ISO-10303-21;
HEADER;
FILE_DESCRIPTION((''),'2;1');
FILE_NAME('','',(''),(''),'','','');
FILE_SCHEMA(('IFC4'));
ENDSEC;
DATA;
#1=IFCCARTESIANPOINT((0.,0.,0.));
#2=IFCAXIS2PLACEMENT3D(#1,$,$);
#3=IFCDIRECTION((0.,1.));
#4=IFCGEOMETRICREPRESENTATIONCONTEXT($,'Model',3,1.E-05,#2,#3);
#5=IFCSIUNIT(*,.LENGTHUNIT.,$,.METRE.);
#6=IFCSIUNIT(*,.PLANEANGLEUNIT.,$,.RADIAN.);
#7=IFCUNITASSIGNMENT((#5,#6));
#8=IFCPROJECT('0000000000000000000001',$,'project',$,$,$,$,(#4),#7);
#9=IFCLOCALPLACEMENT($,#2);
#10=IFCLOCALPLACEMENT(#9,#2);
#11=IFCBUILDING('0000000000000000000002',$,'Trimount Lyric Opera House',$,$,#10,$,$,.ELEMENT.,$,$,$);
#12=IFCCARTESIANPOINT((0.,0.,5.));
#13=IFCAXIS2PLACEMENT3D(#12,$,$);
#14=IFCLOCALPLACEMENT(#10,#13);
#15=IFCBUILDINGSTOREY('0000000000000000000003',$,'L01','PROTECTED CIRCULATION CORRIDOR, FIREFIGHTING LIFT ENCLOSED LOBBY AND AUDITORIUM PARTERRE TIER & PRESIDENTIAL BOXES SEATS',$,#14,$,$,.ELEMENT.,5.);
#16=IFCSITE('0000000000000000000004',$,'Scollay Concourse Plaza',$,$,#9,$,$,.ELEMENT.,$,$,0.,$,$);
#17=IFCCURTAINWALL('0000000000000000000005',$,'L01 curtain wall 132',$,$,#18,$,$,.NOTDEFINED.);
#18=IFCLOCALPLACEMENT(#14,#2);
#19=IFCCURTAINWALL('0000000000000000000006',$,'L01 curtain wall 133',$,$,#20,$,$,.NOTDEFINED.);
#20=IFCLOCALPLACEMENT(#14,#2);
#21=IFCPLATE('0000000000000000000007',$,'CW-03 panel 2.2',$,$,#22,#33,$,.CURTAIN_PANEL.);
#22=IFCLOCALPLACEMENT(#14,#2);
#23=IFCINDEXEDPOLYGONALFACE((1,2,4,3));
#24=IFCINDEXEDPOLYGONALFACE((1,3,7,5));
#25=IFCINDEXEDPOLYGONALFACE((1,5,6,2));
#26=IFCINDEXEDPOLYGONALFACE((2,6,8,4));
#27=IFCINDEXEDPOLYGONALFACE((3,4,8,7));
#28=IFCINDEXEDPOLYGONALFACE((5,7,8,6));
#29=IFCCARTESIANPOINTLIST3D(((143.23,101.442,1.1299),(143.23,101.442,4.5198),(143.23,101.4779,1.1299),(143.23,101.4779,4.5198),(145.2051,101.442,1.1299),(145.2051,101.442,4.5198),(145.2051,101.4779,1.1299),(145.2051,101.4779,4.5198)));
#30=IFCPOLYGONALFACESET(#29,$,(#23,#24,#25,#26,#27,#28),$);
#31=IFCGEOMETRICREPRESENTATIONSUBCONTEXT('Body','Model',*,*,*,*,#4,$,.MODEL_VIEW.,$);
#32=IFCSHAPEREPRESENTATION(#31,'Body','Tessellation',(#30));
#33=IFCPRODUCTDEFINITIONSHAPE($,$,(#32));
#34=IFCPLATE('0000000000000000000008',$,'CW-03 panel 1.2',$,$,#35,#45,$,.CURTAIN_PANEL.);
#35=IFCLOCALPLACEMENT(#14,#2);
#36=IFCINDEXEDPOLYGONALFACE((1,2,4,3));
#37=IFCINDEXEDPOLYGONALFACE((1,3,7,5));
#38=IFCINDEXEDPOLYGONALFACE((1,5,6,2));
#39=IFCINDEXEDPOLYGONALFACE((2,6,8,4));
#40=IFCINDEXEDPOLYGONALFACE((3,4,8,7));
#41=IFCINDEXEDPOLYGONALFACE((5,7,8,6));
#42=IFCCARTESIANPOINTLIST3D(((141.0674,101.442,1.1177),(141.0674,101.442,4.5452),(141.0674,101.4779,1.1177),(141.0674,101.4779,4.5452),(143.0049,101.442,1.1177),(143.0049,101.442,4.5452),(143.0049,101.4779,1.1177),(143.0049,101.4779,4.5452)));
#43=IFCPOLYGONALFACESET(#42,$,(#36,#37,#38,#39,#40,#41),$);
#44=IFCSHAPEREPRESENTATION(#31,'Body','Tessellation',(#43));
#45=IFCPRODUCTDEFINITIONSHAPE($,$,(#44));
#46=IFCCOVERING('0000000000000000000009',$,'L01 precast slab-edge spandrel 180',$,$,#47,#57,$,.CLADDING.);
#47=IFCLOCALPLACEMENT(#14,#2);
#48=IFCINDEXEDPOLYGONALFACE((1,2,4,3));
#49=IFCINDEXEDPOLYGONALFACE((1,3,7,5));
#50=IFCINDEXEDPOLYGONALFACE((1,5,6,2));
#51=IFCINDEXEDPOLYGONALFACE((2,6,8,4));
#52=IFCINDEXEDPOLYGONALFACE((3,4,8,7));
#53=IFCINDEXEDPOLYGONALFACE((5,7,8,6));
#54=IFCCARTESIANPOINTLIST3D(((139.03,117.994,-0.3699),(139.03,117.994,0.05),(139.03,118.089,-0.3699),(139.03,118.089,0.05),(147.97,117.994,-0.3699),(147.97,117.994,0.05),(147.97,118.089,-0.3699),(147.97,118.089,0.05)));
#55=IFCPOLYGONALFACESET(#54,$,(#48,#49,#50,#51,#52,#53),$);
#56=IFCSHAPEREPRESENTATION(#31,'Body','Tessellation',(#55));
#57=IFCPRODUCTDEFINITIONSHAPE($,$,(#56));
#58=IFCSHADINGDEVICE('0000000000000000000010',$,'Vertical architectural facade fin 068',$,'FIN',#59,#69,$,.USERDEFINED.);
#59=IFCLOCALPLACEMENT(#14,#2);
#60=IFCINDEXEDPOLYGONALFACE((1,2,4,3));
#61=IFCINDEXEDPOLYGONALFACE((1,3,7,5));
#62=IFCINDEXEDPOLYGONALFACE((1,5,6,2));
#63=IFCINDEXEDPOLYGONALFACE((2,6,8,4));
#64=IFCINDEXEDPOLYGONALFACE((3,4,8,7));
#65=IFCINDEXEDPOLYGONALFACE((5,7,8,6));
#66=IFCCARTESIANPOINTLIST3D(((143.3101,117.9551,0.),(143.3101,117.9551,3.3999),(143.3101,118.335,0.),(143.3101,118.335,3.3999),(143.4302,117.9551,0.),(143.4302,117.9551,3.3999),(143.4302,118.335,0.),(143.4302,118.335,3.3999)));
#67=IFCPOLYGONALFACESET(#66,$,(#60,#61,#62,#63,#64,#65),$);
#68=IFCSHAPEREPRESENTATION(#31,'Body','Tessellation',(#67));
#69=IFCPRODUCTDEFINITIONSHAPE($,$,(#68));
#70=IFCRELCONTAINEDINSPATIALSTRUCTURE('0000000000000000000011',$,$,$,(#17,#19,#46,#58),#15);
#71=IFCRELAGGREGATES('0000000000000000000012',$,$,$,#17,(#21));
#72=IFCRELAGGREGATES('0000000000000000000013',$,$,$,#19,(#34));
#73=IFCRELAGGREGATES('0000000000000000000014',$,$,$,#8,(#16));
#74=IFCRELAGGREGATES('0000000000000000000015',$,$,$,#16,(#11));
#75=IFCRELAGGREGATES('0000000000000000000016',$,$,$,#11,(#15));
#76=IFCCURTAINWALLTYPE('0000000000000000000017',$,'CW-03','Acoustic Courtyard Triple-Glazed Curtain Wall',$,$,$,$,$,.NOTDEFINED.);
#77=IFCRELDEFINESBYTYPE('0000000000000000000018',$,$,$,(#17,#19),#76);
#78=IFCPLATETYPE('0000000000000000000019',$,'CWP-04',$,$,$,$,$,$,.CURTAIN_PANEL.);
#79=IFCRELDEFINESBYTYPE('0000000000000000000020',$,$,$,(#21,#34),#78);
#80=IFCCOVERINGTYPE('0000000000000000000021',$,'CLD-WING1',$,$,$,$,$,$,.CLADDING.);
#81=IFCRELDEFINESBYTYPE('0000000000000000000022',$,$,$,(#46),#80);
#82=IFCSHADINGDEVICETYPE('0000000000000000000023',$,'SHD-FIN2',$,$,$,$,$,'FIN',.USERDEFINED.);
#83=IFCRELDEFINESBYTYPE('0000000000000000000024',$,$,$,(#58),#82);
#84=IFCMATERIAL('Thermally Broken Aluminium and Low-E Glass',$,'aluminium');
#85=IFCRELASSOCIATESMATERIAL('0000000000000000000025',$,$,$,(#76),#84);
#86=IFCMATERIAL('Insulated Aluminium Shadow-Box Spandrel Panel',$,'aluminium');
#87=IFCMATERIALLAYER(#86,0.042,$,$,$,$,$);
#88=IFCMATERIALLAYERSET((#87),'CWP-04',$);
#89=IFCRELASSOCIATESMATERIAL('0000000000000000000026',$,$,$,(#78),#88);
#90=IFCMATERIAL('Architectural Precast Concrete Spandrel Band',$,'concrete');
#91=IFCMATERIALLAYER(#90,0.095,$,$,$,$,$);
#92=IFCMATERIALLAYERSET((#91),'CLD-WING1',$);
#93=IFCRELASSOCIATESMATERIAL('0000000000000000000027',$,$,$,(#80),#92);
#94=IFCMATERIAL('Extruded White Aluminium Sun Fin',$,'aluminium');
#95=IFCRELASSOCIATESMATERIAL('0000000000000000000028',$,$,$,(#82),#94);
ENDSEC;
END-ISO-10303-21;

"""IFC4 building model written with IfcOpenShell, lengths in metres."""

from ifc_helpers import new_model, si_unit, direction, frame, origin, origin_2d, place, context, subcontext, project, spatial, rectangle, extrude, material, layer, layer_set, type_object, element, aggregate, save


model = new_model("IFC4")

# Units and contexts
model_context = context("Model", 3, precision=1e-05, world=origin(), true_north=direction((0.0, 1.0)))
body_context = subcontext(model_context, "Body", "Model", "MODEL_VIEW")
ifc_project = project(units=[si_unit("LENGTHUNIT", "METRE"), si_unit("PLANEANGLEUNIT", "RADIAN")], contexts=[model_context])

# Site, building, storey
site_placement = place(None, origin())
site = spatial("IfcSite", under=ifc_project, at=site_placement, Name="Scollay Concourse Plaza", CompositionType="ELEMENT", RefElevation=0.0)
building_placement = place(site_placement, origin())
building = spatial("IfcBuilding", under=site, at=building_placement, Name="Trimount Lyric Opera House", CompositionType="ELEMENT")
storey_placement = place(building_placement, frame((0.0, 0.0, 5.0)))
storey = spatial("IfcBuildingStorey", under=building, at=storey_placement, Name="L01", Description="PROTECTED CIRCULATION CORRIDOR, FIREFIGHTING LIFT ENCLOSED LOBBY AND AUDITORIUM PARTERRE TIER & PRESIDENTIAL BOXES SEATS", CompositionType="ELEMENT", Elevation=5.0)

# Curtain walls
ifc_material_1 = material(Name="Thermally Broken Aluminium and Low-E Glass", Category="aluminium")
curtain_wall_type = type_object("IfcCurtainWallType", Name="CW-03", Description="Acoustic Courtyard Triple-Glazed Curtain Wall", PredefinedType="NOTDEFINED", material=ifc_material_1)
curtain_wall_1_placement = place(storey_placement, origin())
curtain_wall_1 = element("IfcCurtainWall", 1, at=curtain_wall_1_placement, inside=storey, type_object=curtain_wall_type, Name="L01 curtain wall 132", PredefinedType="NOTDEFINED")
curtain_wall_2_placement = place(storey_placement, origin())
curtain_wall_2 = element("IfcCurtainWall", 2, at=curtain_wall_2_placement, inside=storey, type_object=curtain_wall_type, Name="L01 curtain wall 133", PredefinedType="NOTDEFINED")

# Plates
ifc_material_2 = material(Name="Insulated Aluminium Shadow-Box Spandrel Panel", Category="aluminium")
ifc_layer_1 = layer(ifc_material_2, 0.042)
ifc_layer_set_1 = layer_set([ifc_layer_1], Name="CWP-04")
plate_type_1 = type_object("IfcPlateType", Name="CWP-04", PredefinedType="CURTAIN_PANEL", material=ifc_layer_set_1)
plate_1_placement = place(storey_placement, frame((144.2175, 101.46, 1.1299), z_axis=(0.0, 0.0, 1.0), x_axis=(-1.0, 0.0, 0.0)))
plate_1 = element("IfcPlate", 3, at=plate_1_placement, type_object=plate_type_1, Name="CW-03 panel 2.2", PredefinedType="CURTAIN_PANEL", context=body_context, shape_type="SweptSolid", body=[
    extrude(rectangle(XDim=1.9751, YDim=0.0359, at=origin_2d()), origin(), (0.0, 0.0, 1.0), 3.3899),
])
aggregate(curtain_wall_1, [plate_1])
plate_2_placement = place(storey_placement, frame((142.0361, 101.46, 1.1177), z_axis=(0.0, 0.0, 1.0), x_axis=(-1.0, 0.0, 0.0)))
plate_2 = element("IfcPlate", 4, at=plate_2_placement, type_object=plate_type_1, Name="CW-03 panel 1.2", PredefinedType="CURTAIN_PANEL", context=body_context, shape_type="SweptSolid", body=[
    extrude(rectangle(XDim=1.9375, YDim=0.0359, at=origin_2d()), origin(), (0.0, 0.0, 1.0), 3.4275),
])
aggregate(curtain_wall_2, [plate_2])

# Covering
ifc_material_3 = material(Name="Architectural Precast Concrete Spandrel Band", Category="concrete")
ifc_layer_2 = layer(ifc_material_3, 0.095)
ifc_layer_set_2 = layer_set([ifc_layer_2], Name="CLD-WING1")
covering_type = type_object("IfcCoveringType", Name="CLD-WING1", PredefinedType="CLADDING", material=ifc_layer_set_2)
covering_placement = place(storey_placement, frame((143.5, 118.0415, -0.3699), z_axis=(0.0, 0.0, 1.0), x_axis=(1.0, 0.0, 0.0)))
element("IfcCovering", 5, at=covering_placement, inside=storey, type_object=covering_type, Name="L01 precast slab-edge spandrel 180", PredefinedType="CLADDING", context=body_context, shape_type="SweptSolid", body=[
    extrude(rectangle(XDim=8.9399, YDim=0.095, at=origin_2d()), origin(), (0.0, 0.0, 1.0), 0.4199),
])

# Shading device
ifc_material_4 = material(Name="Extruded White Aluminium Sun Fin", Category="aluminium")
shading_device_type = type_object("IfcShadingDeviceType", Name="SHD-FIN2", ElementType="FIN", PredefinedType="USERDEFINED", material=ifc_material_4)
shading_device_placement = place(storey_placement, frame((143.3701, 118.145, 0.0), z_axis=(0.0, 0.0, 1.0), x_axis=(1.0, 0.0, 0.0)))
element("IfcShadingDevice", 6, at=shading_device_placement, inside=storey, type_object=shading_device_type, Name="Vertical architectural facade fin 068", ObjectType="FIN", PredefinedType="USERDEFINED", context=body_context, shape_type="SweptSolid", body=[
    extrude(rectangle(XDim=0.1201, YDim=0.3799, at=origin_2d()), origin(), (0.0, 0.0, 1.0), 3.3999),
])

save(model, "model.ifc")
